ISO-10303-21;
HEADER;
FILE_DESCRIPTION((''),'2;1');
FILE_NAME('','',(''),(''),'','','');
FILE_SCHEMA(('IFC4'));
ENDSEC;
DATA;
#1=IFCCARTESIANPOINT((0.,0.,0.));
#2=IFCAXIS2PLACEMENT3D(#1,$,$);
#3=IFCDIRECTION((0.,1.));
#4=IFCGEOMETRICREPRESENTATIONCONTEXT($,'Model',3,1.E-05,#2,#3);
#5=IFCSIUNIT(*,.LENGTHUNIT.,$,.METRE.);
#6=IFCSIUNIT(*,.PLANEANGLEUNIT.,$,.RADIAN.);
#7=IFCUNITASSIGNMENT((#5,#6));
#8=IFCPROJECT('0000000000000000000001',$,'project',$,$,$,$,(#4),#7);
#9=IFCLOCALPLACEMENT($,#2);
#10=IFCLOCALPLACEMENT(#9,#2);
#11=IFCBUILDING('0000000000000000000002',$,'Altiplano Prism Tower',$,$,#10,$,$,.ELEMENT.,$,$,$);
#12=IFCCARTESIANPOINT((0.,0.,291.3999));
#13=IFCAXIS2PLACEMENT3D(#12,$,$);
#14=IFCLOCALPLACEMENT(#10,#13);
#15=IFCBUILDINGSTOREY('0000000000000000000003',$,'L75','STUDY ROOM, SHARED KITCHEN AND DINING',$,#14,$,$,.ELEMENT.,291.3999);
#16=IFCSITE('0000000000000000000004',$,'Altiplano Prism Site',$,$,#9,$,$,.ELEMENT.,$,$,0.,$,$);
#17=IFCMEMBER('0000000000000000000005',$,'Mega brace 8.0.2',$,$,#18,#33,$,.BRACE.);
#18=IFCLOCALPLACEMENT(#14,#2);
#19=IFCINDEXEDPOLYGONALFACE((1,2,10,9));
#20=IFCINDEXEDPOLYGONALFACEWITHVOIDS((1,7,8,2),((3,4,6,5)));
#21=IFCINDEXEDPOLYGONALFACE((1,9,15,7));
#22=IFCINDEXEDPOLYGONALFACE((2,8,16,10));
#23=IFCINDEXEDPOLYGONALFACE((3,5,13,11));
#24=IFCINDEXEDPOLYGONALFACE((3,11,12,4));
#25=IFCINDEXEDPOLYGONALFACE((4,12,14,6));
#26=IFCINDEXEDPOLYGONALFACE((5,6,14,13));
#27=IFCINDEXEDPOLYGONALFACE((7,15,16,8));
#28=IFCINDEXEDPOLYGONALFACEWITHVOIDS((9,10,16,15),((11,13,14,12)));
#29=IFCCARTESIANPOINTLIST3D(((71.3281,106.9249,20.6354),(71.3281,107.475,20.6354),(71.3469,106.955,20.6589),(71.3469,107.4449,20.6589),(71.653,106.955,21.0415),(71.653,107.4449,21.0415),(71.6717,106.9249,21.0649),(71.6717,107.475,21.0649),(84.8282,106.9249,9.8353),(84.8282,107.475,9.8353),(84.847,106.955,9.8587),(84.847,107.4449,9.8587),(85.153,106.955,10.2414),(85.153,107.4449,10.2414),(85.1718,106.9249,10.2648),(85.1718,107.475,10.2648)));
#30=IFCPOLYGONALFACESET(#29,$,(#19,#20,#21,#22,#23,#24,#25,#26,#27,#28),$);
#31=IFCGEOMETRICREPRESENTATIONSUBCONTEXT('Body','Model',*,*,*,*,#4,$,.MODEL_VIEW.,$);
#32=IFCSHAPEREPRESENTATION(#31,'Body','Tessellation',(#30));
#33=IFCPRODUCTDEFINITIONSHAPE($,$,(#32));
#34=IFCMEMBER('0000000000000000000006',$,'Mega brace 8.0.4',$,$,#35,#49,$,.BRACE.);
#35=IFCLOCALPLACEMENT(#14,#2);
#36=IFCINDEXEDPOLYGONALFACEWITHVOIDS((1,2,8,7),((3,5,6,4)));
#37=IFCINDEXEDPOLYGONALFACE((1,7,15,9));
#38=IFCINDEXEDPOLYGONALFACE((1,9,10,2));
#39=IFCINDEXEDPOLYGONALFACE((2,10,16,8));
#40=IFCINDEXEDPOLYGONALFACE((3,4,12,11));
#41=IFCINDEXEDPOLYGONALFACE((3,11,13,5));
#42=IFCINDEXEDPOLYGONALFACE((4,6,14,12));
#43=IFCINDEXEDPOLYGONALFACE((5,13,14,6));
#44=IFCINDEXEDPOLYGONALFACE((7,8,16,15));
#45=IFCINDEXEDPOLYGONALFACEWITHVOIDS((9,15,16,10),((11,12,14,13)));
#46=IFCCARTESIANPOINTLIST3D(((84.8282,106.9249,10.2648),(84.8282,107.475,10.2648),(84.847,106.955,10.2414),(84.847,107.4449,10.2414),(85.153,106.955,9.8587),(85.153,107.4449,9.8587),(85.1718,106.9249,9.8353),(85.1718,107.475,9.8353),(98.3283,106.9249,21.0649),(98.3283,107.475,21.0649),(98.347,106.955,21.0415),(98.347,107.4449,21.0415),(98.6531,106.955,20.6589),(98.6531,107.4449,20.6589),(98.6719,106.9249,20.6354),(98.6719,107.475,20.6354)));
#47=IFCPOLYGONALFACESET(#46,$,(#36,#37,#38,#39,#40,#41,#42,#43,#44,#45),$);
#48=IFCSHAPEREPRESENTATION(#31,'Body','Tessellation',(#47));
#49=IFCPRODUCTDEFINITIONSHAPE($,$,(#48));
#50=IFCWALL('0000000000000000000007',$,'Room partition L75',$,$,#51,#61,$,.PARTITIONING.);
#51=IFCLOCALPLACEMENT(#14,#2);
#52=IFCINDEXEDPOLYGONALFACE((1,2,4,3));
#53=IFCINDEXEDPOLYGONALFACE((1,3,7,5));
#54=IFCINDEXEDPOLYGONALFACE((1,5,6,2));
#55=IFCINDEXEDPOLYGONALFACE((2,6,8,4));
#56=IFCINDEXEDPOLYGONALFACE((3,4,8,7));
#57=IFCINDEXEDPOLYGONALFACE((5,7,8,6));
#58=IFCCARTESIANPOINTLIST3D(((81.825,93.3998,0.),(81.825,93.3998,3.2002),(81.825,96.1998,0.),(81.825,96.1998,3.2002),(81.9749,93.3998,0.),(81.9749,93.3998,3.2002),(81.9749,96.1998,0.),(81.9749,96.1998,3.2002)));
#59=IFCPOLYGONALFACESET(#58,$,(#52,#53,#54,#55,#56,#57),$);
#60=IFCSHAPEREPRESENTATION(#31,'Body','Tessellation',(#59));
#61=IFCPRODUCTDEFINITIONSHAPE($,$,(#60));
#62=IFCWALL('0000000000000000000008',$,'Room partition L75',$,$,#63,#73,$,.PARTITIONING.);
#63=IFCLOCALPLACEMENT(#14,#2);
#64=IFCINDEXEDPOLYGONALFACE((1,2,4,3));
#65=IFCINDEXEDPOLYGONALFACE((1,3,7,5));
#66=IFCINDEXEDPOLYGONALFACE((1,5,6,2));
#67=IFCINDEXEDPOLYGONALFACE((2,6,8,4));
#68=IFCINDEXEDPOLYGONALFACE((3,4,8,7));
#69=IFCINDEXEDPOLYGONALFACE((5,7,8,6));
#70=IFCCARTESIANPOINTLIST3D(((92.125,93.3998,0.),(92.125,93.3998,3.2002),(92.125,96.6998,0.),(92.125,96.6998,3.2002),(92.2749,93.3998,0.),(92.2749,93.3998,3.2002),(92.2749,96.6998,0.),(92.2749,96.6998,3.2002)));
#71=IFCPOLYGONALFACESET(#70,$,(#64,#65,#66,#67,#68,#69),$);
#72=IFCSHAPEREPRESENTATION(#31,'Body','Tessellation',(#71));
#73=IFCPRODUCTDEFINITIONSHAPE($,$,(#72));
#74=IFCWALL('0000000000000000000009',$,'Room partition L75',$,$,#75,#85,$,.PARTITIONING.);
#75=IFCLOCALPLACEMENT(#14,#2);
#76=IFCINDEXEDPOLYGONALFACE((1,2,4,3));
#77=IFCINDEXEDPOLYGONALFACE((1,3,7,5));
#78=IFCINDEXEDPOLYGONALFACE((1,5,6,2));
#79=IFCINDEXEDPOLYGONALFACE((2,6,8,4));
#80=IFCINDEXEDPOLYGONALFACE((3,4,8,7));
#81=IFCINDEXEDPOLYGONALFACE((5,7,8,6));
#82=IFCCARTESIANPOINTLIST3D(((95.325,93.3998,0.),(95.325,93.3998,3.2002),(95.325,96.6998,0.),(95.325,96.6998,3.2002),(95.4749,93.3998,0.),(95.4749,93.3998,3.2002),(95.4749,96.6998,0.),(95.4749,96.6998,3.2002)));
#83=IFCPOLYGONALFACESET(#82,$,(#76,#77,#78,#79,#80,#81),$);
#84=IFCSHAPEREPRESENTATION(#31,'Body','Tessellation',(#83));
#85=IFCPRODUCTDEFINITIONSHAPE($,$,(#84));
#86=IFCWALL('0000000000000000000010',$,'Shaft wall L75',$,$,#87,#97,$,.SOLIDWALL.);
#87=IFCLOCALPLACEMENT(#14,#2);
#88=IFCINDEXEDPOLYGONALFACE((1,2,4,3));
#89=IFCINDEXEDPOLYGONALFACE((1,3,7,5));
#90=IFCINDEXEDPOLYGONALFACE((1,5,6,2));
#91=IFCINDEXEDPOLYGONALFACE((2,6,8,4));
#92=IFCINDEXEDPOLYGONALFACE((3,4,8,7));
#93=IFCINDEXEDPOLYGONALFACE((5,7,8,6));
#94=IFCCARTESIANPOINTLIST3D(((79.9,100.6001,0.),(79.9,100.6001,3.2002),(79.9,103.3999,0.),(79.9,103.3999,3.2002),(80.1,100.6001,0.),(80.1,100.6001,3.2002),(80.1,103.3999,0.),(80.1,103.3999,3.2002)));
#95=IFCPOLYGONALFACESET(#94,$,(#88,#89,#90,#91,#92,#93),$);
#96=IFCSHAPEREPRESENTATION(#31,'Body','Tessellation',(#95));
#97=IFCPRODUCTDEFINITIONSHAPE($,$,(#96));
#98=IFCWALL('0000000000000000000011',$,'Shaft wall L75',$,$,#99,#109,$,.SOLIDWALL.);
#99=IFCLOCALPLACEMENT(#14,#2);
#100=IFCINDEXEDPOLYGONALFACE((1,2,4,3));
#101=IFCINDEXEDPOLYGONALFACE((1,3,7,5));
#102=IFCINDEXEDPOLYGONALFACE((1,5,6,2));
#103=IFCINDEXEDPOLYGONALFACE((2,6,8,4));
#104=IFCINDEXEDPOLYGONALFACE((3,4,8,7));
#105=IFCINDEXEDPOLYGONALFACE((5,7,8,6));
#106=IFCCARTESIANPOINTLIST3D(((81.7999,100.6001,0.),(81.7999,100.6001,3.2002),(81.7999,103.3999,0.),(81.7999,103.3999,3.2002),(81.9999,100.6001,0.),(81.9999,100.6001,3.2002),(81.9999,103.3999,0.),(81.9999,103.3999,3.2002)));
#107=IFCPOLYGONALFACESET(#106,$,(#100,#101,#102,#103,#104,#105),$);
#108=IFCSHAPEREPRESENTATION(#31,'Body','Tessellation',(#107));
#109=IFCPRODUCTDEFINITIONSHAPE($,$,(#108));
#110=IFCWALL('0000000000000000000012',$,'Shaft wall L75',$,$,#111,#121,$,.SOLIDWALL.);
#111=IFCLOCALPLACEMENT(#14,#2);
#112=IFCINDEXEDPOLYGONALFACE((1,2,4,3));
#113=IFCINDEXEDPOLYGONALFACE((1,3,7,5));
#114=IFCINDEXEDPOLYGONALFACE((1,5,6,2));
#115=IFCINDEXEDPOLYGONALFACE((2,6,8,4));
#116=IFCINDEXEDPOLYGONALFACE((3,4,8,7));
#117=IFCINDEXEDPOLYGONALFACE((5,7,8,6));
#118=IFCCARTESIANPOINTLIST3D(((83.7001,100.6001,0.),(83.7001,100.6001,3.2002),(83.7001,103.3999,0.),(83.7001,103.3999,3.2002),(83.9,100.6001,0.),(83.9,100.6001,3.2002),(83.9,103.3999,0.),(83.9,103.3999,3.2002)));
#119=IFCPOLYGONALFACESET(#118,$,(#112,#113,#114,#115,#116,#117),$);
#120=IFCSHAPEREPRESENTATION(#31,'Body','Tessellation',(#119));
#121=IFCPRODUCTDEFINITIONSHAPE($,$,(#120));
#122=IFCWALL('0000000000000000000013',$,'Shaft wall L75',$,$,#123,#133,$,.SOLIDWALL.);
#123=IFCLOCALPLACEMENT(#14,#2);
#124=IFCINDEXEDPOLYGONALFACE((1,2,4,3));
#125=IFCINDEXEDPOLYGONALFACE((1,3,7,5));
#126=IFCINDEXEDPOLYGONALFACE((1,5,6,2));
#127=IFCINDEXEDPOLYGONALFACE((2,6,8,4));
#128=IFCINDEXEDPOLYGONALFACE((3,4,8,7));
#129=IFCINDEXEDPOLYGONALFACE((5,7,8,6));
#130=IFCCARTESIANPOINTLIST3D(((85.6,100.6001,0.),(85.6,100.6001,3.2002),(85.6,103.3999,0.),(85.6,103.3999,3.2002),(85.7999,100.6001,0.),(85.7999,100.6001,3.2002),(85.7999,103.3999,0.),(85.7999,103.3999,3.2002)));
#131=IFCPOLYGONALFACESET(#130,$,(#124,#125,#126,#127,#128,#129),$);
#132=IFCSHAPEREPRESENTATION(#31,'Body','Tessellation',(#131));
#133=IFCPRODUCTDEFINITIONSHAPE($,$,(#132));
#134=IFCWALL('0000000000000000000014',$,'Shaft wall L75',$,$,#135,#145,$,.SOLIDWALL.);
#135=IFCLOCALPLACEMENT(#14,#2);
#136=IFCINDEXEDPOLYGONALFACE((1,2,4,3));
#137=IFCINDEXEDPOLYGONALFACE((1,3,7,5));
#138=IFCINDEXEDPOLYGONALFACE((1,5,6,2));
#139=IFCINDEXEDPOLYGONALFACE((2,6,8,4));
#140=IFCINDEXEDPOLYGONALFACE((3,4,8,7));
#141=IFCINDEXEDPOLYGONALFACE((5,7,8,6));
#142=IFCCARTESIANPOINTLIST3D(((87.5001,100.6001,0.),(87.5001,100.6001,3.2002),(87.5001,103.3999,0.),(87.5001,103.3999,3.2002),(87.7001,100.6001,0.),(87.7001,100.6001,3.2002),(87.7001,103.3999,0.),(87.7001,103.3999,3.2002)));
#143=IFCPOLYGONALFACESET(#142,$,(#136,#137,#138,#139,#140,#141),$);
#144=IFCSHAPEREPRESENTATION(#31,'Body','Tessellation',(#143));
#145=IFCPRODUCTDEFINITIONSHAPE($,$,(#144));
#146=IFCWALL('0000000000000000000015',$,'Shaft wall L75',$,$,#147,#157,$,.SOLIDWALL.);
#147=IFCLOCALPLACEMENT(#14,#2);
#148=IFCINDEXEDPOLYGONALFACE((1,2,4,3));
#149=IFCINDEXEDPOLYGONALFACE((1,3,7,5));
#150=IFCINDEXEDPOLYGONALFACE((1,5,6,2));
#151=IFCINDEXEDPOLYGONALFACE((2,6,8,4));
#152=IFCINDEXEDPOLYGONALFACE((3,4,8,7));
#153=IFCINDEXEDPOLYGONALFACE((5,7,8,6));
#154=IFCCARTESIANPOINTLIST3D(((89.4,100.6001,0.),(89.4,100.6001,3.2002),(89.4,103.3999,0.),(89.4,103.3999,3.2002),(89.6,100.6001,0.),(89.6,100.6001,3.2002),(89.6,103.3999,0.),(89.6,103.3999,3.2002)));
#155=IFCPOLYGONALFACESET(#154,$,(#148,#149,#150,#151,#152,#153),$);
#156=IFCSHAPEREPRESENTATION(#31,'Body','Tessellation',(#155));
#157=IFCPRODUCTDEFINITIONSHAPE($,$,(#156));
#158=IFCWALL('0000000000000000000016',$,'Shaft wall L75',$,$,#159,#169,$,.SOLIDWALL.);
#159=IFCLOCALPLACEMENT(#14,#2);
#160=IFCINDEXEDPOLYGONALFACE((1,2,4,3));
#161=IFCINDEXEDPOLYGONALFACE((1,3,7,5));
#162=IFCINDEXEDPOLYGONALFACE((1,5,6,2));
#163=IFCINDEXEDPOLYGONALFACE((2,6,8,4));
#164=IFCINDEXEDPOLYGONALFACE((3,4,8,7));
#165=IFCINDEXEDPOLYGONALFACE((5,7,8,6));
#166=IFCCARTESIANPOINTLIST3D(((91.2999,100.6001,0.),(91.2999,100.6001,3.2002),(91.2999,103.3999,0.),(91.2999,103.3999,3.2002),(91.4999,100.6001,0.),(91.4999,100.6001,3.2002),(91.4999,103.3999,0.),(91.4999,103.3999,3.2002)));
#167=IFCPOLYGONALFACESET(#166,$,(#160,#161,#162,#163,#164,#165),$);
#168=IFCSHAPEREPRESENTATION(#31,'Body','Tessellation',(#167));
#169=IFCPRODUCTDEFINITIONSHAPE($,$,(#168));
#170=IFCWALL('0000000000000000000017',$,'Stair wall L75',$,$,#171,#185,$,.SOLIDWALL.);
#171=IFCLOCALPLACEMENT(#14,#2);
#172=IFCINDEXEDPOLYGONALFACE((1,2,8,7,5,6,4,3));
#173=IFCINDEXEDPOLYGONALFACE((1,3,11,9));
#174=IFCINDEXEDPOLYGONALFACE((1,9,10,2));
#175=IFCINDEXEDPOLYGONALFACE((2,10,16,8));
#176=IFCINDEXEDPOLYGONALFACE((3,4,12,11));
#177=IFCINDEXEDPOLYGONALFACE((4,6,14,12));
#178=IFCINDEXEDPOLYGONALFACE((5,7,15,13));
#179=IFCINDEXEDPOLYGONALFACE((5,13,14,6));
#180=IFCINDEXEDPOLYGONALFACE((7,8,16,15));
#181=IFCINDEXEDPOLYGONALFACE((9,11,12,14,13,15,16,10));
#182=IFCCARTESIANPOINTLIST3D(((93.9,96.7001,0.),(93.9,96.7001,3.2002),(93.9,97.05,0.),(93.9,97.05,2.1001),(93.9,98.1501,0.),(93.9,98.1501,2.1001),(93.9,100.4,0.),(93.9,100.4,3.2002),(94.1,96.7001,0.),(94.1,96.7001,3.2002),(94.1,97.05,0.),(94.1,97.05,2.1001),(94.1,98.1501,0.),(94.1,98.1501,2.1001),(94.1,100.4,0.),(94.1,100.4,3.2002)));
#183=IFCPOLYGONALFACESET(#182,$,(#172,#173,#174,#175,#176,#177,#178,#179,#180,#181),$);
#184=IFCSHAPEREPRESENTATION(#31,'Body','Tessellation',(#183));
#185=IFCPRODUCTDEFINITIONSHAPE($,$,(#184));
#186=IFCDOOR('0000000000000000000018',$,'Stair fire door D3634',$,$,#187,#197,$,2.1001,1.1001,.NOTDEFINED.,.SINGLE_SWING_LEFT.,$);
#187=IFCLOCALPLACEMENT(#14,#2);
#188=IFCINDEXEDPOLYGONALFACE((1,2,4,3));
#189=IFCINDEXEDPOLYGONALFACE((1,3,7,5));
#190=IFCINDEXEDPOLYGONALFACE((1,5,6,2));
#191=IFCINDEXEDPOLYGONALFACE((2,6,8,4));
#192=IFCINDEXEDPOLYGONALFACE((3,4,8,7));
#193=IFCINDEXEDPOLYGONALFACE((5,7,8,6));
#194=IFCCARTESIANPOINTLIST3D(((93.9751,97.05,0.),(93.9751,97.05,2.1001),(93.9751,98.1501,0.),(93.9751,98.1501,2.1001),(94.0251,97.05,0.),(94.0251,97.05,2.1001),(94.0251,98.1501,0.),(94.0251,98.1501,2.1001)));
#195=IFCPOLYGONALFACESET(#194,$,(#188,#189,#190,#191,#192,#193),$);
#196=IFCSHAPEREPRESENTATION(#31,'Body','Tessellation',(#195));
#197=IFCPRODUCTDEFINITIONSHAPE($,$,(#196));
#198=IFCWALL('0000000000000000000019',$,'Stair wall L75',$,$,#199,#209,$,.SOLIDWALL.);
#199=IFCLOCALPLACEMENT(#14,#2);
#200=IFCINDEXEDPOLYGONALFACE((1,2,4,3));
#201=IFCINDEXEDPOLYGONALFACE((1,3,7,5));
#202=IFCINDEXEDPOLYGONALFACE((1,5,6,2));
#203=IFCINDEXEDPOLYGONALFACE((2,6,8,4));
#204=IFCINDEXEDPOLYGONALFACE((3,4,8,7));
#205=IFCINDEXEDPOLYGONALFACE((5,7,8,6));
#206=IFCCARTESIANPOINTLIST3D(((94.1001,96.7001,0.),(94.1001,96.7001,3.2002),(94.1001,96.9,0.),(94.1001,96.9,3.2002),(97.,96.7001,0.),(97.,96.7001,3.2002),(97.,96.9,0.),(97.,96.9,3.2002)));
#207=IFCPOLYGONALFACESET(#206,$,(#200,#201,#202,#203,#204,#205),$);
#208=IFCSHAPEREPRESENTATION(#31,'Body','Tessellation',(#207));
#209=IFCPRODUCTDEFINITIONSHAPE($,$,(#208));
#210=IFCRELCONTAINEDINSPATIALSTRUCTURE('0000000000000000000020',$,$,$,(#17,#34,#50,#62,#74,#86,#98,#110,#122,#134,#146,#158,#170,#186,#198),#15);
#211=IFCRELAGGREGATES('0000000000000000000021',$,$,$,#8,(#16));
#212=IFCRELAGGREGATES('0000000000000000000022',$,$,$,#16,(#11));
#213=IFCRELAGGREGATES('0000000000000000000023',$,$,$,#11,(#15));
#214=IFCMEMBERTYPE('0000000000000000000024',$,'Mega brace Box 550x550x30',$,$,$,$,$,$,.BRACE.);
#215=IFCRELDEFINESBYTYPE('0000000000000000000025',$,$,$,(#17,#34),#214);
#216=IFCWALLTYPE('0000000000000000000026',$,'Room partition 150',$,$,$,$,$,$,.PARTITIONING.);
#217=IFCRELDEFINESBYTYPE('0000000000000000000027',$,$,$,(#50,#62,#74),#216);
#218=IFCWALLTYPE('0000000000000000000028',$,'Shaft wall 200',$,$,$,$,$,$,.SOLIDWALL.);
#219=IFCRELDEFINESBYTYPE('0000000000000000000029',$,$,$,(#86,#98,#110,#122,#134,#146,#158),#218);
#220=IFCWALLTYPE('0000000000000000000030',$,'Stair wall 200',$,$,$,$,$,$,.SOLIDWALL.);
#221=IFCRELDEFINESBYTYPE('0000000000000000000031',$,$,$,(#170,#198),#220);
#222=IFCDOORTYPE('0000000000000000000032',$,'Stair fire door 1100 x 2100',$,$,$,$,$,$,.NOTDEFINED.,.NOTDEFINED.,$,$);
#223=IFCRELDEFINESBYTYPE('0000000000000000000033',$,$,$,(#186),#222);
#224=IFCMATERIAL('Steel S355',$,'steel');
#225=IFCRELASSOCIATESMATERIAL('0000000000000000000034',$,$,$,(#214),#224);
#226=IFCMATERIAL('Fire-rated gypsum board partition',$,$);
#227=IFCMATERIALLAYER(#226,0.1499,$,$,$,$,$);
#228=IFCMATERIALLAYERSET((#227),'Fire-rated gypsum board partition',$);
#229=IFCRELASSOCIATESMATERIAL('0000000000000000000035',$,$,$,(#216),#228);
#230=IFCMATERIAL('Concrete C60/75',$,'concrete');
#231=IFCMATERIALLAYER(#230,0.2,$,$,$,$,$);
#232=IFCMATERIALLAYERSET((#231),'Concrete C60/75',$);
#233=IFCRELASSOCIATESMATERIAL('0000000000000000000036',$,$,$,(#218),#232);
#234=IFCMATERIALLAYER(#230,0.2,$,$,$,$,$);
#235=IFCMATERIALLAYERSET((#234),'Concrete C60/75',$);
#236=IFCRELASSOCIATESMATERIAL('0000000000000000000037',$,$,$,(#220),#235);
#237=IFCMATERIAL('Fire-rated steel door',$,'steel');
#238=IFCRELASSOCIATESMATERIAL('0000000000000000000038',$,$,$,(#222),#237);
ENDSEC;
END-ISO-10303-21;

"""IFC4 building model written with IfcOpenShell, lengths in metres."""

from ifc_helpers import new_model, si_unit, direction, frame, frame_2d, origin, origin_2d, place, context, subcontext, project, spatial, rectangle, hollow_rectangle, extrude, material, layer, layer_set, material_profile, profile_set, type_object, element, fill, save


model = new_model("IFC4")

# Units and contexts
model_context = context("Model", 3, precision=1e-05, world=origin(), true_north=direction((0.0, 1.0)))
body_context = subcontext(model_context, "Body", "Model", "MODEL_VIEW")
ifc_project = project(units=[si_unit("LENGTHUNIT", "METRE"), si_unit("PLANEANGLEUNIT", "RADIAN")], contexts=[model_context])

# Site, building, storey
site_placement = place(None, origin())
site = spatial("IfcSite", under=ifc_project, at=site_placement, Name="Altiplano Prism Site", CompositionType="ELEMENT", RefElevation=0.0)
building_placement = place(site_placement, origin())
building = spatial("IfcBuilding", under=site, at=building_placement, Name="Altiplano Prism Tower", CompositionType="ELEMENT")
storey_placement = place(building_placement, frame((0.0, 0.0, 291.3999)))
storey = spatial("IfcBuildingStorey", under=building, at=storey_placement, Name="L75", Description="STUDY ROOM, SHARED KITCHEN AND DINING", CompositionType="ELEMENT", Elevation=291.3999)

# Members
ifc_material_1 = material(Name="Steel S355", Category="steel")
ifc_material_profile = material_profile(ifc_material_1, hollow_rectangle(XDim=0.55, YDim=0.55, WallThickness=0.03, at=origin_2d()), Name="Mega brace Box 550x550x30")
ifc_profile_set = profile_set([ifc_material_profile], Name="Steel S355")
member_type = type_object("IfcMemberType", Name="Mega brace Box 550x550x30", PredefinedType="BRACE", material=ifc_profile_set)
for number, where, z_axis, x_axis, name in (
    (1, (85.0, 107.2, 10.05), (-0.780867, 0.0, 0.624697), (0.0, -1.0, 0.0), "Mega brace 8.0.2"),
    (2, (85.0, 107.2, 10.05), (0.780867, 0.0, 0.624697), (0.0, 1.0, 0.0), "Mega brace 8.0.4"),
):
    element("IfcMember", number, at=place(storey_placement, frame(where, z_axis=z_axis, x_axis=x_axis)), inside=storey, type_object=member_type, Name=name, PredefinedType="BRACE", context=body_context, shape_type="SweptSolid", body=[
        extrude(hollow_rectangle(XDim=0.55, YDim=0.55, WallThickness=0.03, at=origin_2d()), origin(), (0.0, 0.0, 1.0), 17.2886),
    ])

# Walls
ifc_material_2 = material(Name="Fire-rated gypsum board partition")
ifc_layer_1 = layer(ifc_material_2, 0.1499)
ifc_layer_set_1 = layer_set([ifc_layer_1], Name="Fire-rated gypsum board partition")
wall_type_1 = type_object("IfcWallType", Name="Room partition 150", PredefinedType="PARTITIONING", material=ifc_layer_set_1)
wall_1_placement = place(storey_placement, frame((81.8999, 93.3999, 0.0), z_axis=(0.0, 0.0, 1.0), x_axis=(0.0, 1.0, 0.0)))
element("IfcWall", 3, at=wall_1_placement, inside=storey, type_object=wall_type_1, Name="Room partition L75", PredefinedType="PARTITIONING", context=body_context, shape_type="SweptSolid", body=[
    extrude(rectangle(XDim=2.8, YDim=0.1499, at=frame_2d((1.3999, 0.0))), origin(), (0.0, 0.0, 1.0), 3.2002),
])
for number, where, z_axis, x_axis, name in (
    (4, (92.2, 93.3999, 0.0), (0.0, 0.0, 1.0), (0.0, 1.0, 0.0), "Room partition L75"),
    (5, (95.3999, 93.3999, 0.0), (0.0, 0.0, 1.0), (0.0, 1.0, 0.0), "Room partition L75"),
):
    element("IfcWall", number, at=place(storey_placement, frame(where, z_axis=z_axis, x_axis=x_axis)), inside=storey, type_object=wall_type_1, Name=name, PredefinedType="PARTITIONING", context=body_context, shape_type="SweptSolid", body=[
        extrude(rectangle(XDim=3.3, YDim=0.1499, at=frame_2d((1.6499, 0.0))), origin(), (0.0, 0.0, 1.0), 3.2002),
    ])
ifc_material_3 = material(Name="Concrete C60/75", Category="concrete")
ifc_layer_2 = layer(ifc_material_3, 0.2)
ifc_layer_set_2 = layer_set([ifc_layer_2], Name="Concrete C60/75")
wall_type_2 = type_object("IfcWallType", Name="Shaft wall 200", PredefinedType="SOLIDWALL", material=ifc_layer_set_2)
for number, where, z_axis, x_axis, name in (
    (6, (80.0, 100.6001, 0.0), (0.0, 0.0, 1.0), (0.0, 1.0, 0.0), "Shaft wall L75"),
    (7, (81.8999, 100.6001, 0.0), (0.0, 0.0, 1.0), (0.0, 1.0, 0.0), "Shaft wall L75"),
    (8, (83.8, 100.6001, 0.0), (0.0, 0.0, 1.0), (0.0, 1.0, 0.0), "Shaft wall L75"),
    (9, (85.7, 100.6001, 0.0), (0.0, 0.0, 1.0), (0.0, 1.0, 0.0), "Shaft wall L75"),
    (10, (87.6001, 100.6001, 0.0), (0.0, 0.0, 1.0), (0.0, 1.0, 0.0), "Shaft wall L75"),
    (11, (89.5, 100.6001, 0.0), (0.0, 0.0, 1.0), (0.0, 1.0, 0.0), "Shaft wall L75"),
    (12, (91.3999, 100.6001, 0.0), (0.0, 0.0, 1.0), (0.0, 1.0, 0.0), "Shaft wall L75"),
):
    element("IfcWall", number, at=place(storey_placement, frame(where, z_axis=z_axis, x_axis=x_axis)), inside=storey, type_object=wall_type_2, Name=name, PredefinedType="SOLIDWALL", context=body_context, shape_type="SweptSolid", body=[
        extrude(rectangle(XDim=2.7998, YDim=0.2, at=frame_2d((1.3999, 0.0))), origin(), (0.0, 0.0, 1.0), 3.2002),
    ])

# Wall, opening, door
ifc_layer_3 = layer(ifc_material_3, 0.2)
ifc_layer_set_3 = layer_set([ifc_layer_3], Name="Concrete C60/75")
wall_type_3 = type_object("IfcWallType", Name="Stair wall 200", PredefinedType="SOLIDWALL", material=ifc_layer_set_3)
wall_2_placement = place(storey_placement, frame((94.0, 96.7, 0.0), z_axis=(0.0, 0.0, 1.0), x_axis=(0.0, 1.0, 0.0)))
wall_2 = element("IfcWall", 13, at=wall_2_placement, inside=storey, type_object=wall_type_3, Name="Stair wall L75", PredefinedType="SOLIDWALL", context=body_context, shape_type="SweptSolid", body=[
    extrude(rectangle(XDim=3.7, YDim=0.2, at=frame_2d((1.8501, 0.0))), origin(), (0.0, 0.0, 1.0), 3.2002),
])
opening_1_placement = place(wall_2_placement, frame((0.3501, 0.0, 0.0)))
opening_1 = element("IfcOpeningElement", 14, at=opening_1_placement, cuts=wall_2, PredefinedType="OPENING", context=body_context, shape_type="SweptSolid", body=[
    extrude(rectangle(XDim=1.1001, YDim=2.1001, at=frame_2d((0.55, 1.05))), frame((0.0, 0.1104, 0.0), z_axis=(0.0, -1.0, 0.0), x_axis=(1.0, 0.0, 0.0)), (0.0, 0.0, 1.0), 0.2209),
])
ifc_material_4 = material(Name="Fire-rated steel door", Category="steel")
door_type_1 = type_object("IfcDoorType", Name="Stair fire door 1100 x 2100", OperationType="NOTDEFINED", PredefinedType="NOTDEFINED", material=ifc_material_4)
door_1_placement = place(opening_1_placement, origin())
door_1 = element("IfcDoor", 15, at=door_1_placement, inside=storey, type_object=door_type_1, Name="Stair fire door D3634", OperationType="SINGLE_SWING_LEFT", OverallHeight=2.1001, OverallWidth=1.1001, PredefinedType="NOTDEFINED", context=body_context, shape_type="SweptSolid", body=[
    extrude(rectangle(XDim=1.1001, YDim=2.1001, at=frame_2d((0.55, 1.05))), frame((0.0, 0.0249, 0.0), z_axis=(0.0, -1.0, 0.0), x_axis=(1.0, 0.0, 0.0)), (0.0, 0.0, 1.0), 0.05),
])
fill(opening_1, door_1)

# Wall
wall_3_placement = place(storey_placement, frame((94.1001, 96.8, 0.0), z_axis=(0.0, 0.0, 1.0), x_axis=(1.0, 0.0, 0.0)))
element("IfcWall", 16, at=wall_3_placement, inside=storey, type_object=wall_type_3, Name="Stair wall L75", PredefinedType="SOLIDWALL", context=body_context, shape_type="SweptSolid", body=[
    extrude(rectangle(XDim=2.8999, YDim=0.2, at=frame_2d((1.45, 0.0))), origin(), (0.0, 0.0, 1.0), 3.2002),
])

save(model, "model.ifc")
